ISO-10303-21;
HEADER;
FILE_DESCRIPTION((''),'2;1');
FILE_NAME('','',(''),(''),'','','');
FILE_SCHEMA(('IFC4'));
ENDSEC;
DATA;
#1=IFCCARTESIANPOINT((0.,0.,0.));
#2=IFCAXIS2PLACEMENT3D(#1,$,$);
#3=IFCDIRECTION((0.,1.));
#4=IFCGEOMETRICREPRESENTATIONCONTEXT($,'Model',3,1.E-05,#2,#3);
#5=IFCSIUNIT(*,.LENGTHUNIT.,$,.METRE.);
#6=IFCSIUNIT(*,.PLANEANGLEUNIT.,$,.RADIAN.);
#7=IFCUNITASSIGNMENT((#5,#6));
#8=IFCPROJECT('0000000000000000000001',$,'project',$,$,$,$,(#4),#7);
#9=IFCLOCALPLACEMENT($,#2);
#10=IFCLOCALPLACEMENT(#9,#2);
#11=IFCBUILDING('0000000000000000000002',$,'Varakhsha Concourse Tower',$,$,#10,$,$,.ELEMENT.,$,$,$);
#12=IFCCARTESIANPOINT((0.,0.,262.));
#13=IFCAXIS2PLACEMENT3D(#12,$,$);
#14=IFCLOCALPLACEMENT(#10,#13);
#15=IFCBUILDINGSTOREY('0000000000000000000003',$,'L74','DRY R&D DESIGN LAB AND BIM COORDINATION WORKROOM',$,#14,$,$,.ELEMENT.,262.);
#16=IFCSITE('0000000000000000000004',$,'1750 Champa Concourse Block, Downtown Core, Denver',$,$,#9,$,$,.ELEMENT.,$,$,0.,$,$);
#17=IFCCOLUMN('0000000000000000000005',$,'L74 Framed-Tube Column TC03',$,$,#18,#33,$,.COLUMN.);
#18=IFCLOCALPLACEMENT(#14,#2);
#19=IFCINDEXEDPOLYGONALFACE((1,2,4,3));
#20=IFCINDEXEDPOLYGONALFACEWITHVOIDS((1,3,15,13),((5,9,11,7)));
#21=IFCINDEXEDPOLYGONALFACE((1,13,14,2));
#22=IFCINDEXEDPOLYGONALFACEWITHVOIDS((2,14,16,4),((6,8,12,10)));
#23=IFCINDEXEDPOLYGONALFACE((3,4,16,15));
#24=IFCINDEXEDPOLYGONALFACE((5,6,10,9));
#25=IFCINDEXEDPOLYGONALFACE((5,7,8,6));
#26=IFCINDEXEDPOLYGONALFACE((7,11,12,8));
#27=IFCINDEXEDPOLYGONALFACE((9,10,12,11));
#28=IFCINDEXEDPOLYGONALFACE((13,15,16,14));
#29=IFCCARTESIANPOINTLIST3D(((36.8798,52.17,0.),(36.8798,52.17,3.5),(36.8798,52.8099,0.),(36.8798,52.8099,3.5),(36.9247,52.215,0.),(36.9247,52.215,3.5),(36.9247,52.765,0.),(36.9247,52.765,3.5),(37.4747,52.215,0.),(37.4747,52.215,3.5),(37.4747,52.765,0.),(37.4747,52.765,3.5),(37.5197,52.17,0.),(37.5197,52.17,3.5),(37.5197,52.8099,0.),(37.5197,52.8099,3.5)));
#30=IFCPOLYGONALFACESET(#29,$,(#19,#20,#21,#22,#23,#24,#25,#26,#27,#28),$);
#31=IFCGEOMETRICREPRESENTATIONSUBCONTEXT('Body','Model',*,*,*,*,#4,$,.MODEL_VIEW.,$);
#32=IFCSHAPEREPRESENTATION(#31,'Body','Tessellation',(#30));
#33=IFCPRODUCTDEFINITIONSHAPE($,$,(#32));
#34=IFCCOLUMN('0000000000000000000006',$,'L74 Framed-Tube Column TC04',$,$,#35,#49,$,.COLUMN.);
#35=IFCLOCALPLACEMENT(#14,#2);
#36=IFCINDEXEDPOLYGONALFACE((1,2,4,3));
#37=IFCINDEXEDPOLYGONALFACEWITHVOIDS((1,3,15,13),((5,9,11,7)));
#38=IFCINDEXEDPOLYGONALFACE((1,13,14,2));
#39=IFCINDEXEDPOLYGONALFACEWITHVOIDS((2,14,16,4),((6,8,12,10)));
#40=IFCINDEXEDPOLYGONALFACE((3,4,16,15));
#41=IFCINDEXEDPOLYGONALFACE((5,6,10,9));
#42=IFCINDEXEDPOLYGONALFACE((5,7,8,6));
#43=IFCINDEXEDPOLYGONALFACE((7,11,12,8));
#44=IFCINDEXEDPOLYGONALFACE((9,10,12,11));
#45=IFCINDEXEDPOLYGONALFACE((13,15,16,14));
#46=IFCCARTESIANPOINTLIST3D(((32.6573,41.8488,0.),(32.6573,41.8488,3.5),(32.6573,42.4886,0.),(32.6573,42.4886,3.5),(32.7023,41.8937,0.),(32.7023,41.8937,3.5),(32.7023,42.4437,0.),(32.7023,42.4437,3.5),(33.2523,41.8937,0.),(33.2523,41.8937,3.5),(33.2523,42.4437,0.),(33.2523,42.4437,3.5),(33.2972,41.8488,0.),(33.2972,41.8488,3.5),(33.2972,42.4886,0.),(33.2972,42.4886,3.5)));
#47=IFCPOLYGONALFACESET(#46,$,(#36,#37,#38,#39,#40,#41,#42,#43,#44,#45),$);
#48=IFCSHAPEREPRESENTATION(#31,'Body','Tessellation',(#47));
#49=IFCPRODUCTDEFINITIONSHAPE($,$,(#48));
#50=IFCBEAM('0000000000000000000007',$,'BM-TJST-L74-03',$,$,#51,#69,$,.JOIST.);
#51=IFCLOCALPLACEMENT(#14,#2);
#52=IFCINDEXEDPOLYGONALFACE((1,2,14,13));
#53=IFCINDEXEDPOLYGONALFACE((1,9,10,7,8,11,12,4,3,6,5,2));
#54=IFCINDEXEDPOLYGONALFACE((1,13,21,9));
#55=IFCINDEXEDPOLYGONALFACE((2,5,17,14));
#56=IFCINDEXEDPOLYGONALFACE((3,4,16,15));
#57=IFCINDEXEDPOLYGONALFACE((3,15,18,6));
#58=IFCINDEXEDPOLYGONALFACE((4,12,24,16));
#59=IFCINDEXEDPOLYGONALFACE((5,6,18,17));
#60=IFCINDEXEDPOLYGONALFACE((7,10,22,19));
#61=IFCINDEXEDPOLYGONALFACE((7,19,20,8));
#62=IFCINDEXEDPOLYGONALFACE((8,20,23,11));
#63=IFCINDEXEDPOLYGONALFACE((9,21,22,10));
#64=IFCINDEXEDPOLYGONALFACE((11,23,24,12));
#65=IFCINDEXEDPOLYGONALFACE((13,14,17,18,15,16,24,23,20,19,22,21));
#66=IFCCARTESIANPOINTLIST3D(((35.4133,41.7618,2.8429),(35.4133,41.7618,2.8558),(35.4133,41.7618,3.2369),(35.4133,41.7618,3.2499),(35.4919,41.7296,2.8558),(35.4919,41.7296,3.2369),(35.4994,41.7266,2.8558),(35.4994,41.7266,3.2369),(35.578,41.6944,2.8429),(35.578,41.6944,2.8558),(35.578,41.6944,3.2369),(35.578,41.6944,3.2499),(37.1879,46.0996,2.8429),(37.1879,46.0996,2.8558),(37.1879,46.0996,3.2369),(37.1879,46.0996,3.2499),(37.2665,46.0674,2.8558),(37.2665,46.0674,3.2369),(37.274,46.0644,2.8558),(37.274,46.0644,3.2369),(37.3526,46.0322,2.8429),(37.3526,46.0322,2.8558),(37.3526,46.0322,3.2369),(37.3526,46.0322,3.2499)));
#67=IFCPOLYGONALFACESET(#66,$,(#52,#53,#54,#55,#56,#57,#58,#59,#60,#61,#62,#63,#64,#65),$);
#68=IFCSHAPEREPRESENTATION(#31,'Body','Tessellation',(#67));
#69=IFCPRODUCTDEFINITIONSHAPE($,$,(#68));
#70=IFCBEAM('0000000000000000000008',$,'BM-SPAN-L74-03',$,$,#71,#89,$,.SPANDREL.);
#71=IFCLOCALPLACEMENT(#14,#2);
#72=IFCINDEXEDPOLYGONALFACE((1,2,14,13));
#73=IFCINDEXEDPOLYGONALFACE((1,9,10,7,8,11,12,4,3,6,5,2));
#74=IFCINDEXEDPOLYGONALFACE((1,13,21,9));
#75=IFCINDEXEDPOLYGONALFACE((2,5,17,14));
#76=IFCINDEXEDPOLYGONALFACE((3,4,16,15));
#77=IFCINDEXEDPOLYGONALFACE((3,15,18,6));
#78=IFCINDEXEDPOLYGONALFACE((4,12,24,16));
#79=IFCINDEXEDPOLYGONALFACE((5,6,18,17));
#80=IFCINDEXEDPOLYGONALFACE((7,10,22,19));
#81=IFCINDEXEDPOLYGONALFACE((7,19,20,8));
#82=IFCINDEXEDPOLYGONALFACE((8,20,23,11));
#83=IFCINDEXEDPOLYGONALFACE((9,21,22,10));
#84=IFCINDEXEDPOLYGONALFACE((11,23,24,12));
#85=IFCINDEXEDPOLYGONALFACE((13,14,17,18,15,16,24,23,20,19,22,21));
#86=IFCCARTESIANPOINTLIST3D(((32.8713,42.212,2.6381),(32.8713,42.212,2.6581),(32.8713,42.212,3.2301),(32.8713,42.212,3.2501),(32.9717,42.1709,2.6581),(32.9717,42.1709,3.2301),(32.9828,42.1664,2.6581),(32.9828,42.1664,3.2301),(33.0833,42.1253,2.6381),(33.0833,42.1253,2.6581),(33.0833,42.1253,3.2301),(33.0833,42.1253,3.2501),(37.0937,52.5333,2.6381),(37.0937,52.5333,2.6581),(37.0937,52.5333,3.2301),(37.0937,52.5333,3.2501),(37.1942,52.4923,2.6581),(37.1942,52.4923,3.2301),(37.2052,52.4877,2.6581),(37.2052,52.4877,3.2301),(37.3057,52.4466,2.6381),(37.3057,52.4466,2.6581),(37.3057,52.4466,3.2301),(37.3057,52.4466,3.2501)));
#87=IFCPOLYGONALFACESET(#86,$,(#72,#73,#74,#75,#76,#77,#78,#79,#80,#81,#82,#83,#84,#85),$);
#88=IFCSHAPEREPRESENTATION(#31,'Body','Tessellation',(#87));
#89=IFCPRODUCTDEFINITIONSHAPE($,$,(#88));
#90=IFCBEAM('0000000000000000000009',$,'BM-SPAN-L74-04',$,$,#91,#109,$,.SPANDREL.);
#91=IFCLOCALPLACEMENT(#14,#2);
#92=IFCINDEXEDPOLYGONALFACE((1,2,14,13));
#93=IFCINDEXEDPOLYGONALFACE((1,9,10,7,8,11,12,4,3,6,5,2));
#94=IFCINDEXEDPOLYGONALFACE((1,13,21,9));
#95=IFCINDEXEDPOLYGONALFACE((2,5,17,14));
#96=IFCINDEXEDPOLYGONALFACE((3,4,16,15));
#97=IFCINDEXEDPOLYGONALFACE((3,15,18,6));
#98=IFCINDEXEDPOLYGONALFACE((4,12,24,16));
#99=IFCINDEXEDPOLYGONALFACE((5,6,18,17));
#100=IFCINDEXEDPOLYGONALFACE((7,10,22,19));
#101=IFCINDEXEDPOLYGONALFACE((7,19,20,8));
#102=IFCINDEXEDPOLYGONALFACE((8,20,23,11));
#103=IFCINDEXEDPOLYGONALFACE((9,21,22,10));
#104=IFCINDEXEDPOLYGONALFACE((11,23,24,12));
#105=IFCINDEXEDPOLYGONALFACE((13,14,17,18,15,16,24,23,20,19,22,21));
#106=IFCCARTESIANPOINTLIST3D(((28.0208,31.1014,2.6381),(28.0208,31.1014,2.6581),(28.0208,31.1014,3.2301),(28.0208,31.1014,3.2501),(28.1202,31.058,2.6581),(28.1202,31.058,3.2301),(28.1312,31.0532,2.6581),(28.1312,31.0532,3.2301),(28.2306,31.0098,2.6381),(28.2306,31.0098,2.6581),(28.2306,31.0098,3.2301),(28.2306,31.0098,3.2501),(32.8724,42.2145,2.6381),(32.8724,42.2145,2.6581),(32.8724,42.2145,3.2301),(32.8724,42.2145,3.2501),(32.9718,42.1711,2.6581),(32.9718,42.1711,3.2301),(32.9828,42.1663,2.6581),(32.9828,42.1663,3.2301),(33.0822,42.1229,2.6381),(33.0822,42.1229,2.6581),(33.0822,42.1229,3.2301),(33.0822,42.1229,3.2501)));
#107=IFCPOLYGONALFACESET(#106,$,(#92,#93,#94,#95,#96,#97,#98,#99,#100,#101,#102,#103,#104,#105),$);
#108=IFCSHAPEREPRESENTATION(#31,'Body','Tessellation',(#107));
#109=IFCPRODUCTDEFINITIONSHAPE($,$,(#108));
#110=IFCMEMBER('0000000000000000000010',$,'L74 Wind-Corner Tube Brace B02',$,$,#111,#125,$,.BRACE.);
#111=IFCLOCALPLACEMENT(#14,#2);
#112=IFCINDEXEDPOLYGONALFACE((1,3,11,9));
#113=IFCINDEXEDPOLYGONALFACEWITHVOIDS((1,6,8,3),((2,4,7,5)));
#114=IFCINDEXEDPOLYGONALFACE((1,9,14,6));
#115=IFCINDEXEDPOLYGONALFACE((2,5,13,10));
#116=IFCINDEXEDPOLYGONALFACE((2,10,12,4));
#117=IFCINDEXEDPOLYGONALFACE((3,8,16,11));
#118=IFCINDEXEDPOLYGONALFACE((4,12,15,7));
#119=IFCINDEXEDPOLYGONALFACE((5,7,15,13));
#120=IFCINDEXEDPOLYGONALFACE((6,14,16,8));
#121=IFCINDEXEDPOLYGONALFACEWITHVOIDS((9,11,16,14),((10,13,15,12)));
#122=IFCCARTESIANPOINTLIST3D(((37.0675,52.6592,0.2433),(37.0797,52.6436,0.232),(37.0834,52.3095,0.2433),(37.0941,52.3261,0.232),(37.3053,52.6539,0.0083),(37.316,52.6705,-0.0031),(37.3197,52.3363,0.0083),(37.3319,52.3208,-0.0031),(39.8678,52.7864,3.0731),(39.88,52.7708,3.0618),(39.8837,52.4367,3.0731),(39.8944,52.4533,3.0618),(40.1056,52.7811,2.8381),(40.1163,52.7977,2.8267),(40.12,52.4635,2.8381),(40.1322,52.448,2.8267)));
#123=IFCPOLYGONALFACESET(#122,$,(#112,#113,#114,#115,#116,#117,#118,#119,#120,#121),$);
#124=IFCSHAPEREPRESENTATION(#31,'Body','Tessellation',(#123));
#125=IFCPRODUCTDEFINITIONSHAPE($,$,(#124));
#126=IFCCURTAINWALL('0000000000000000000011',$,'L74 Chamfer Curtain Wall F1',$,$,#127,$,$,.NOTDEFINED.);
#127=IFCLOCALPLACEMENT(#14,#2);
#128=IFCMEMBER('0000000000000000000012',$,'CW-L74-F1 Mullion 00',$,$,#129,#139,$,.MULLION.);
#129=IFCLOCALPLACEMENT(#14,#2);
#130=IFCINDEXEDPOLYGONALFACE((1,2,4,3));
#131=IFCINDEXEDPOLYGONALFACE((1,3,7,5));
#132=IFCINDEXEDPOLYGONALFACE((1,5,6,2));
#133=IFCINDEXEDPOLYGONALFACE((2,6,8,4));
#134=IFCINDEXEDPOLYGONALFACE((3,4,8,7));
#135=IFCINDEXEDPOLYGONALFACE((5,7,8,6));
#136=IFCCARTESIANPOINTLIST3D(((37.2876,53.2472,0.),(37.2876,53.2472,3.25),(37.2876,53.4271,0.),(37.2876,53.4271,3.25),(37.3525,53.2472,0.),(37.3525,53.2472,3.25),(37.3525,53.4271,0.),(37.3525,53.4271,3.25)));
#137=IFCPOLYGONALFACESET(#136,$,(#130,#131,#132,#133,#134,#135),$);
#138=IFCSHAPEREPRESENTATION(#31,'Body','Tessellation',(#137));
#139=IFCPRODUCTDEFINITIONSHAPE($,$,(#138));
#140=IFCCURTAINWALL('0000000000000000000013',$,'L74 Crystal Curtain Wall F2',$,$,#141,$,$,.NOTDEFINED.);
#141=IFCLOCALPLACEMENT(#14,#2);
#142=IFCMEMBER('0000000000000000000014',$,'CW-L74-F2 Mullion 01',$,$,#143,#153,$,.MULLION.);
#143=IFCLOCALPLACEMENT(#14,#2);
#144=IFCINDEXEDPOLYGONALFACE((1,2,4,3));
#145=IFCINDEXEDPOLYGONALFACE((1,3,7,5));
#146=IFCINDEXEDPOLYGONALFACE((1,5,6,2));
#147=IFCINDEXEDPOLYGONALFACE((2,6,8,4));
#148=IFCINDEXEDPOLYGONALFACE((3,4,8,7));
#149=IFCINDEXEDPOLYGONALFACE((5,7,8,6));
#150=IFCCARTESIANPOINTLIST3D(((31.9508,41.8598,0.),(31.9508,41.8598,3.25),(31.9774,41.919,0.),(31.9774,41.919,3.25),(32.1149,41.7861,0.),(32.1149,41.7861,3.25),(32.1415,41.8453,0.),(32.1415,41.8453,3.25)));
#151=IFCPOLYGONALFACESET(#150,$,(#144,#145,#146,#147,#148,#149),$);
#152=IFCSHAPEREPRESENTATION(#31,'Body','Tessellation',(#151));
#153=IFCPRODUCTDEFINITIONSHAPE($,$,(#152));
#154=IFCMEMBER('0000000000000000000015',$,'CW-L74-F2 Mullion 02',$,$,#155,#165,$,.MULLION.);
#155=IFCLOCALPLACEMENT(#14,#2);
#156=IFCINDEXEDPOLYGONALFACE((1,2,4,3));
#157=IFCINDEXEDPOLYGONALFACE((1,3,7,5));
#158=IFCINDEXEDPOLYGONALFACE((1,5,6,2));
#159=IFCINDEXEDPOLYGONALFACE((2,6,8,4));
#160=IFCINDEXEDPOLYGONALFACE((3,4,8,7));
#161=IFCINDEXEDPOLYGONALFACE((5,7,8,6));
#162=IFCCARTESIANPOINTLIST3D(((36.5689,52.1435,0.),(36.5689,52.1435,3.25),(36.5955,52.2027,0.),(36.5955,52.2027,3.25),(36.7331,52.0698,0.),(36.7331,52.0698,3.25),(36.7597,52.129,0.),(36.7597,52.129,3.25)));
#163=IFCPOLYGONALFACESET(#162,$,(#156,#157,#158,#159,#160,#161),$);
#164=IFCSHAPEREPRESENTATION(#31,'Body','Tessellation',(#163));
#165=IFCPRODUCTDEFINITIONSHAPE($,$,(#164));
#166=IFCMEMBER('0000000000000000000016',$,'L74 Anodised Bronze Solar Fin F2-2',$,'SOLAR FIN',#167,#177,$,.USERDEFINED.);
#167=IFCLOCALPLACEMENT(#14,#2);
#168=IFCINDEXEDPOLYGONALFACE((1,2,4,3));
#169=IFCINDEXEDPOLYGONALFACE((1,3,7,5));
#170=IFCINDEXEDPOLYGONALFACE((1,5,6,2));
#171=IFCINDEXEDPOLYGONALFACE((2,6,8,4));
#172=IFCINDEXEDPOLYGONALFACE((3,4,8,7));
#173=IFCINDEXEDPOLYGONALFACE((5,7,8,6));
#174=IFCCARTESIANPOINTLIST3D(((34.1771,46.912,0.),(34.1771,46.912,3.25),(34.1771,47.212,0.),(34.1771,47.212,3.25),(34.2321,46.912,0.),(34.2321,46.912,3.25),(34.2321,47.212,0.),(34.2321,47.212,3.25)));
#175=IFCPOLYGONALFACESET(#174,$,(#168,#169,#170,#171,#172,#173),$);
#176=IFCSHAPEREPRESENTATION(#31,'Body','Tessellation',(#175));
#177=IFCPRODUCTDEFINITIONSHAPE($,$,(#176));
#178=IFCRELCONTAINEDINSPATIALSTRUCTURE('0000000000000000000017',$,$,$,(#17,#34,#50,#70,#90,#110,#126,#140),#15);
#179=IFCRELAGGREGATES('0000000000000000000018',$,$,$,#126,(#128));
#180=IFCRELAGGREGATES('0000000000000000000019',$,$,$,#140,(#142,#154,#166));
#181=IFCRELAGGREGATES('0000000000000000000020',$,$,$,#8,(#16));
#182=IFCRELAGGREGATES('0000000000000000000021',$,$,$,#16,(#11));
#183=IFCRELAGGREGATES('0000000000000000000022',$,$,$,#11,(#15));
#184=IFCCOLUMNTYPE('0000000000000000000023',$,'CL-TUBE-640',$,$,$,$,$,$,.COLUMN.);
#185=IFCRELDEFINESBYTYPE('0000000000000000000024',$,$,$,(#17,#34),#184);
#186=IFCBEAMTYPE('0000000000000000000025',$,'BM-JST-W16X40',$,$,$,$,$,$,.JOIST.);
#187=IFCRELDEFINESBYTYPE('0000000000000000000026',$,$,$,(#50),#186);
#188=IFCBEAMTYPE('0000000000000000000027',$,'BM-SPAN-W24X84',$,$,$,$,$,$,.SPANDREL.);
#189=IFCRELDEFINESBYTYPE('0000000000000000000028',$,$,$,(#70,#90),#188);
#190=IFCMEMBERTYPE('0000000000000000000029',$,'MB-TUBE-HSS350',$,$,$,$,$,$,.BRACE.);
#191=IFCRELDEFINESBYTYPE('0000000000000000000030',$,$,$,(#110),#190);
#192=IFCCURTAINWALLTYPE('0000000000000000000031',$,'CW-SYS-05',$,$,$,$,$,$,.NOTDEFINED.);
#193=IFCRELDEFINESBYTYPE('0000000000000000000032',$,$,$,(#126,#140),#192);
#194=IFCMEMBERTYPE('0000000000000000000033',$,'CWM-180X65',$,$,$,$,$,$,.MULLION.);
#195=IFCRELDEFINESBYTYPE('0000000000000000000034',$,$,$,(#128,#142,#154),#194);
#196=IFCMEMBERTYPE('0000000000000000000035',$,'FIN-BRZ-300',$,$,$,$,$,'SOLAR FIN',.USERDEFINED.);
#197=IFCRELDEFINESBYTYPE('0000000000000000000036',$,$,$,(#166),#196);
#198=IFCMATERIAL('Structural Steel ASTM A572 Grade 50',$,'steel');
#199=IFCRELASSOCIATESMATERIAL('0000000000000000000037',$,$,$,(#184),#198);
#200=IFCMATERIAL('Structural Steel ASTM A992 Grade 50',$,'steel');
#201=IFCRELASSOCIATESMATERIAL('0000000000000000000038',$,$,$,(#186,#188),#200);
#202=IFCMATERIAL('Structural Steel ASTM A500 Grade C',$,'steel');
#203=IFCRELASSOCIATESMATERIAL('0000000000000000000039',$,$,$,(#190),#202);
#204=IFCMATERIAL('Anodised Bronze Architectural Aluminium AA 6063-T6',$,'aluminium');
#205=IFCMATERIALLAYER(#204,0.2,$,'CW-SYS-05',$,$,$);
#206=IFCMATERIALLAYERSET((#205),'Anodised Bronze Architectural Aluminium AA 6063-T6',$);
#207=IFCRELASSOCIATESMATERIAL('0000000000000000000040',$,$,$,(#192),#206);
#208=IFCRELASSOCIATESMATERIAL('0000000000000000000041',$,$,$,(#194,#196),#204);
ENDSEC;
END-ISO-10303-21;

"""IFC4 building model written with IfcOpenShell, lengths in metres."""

from ifc_helpers import new_model, si_unit, direction, frame, origin, origin_2d, place, context, subcontext, project, spatial, rectangle, hollow_rectangle, i_section, extrude, source, transform, mapped, material, layer, layer_set, material_profile, profile_set, type_object, type_shapes, element, aggregate, save


model = new_model("IFC4")

# Units and contexts
model_context = context("Model", 3, precision=1e-05, world=origin(), true_north=direction((0.0, 1.0)))
body_context = subcontext(model_context, "Body", "Model", "MODEL_VIEW")
ifc_project = project(units=[si_unit("LENGTHUNIT", "METRE"), si_unit("PLANEANGLEUNIT", "RADIAN")], contexts=[model_context])

# Site, building, storey
site_placement = place(None, origin())
site = spatial("IfcSite", under=ifc_project, at=site_placement, Name="1750 Champa Concourse Block, Downtown Core, Denver", CompositionType="ELEMENT", RefElevation=0.0)
building_placement = place(site_placement, origin())
building = spatial("IfcBuilding", under=site, at=building_placement, Name="Varakhsha Concourse Tower", CompositionType="ELEMENT")
storey_placement = place(building_placement, frame((0.0, 0.0, 262.0)))
storey = spatial("IfcBuildingStorey", under=building, at=storey_placement, Name="L74", Description="DRY R&D DESIGN LAB AND BIM COORDINATION WORKROOM", CompositionType="ELEMENT", Elevation=262.0)

# Columns
ifc_material_1 = material(Name="Structural Steel ASTM A572 Grade 50", Category="steel")
ifc_material_profile_1 = material_profile(ifc_material_1, hollow_rectangle(XDim=0.6399, YDim=0.6399, WallThickness=0.0449, at=origin_2d()), Name="BOX 640x640x45")
ifc_profile_set_1 = profile_set([ifc_material_profile_1], Name="Structural Steel ASTM A572 Grade 50")
column_type = type_object("IfcColumnType", Name="CL-TUBE-640", PredefinedType="COLUMN", material=ifc_profile_set_1)
for number, where, z_axis, x_axis, name in (
    (1, (37.1997, 52.49, 0.0), (0.0, 0.0, 1.0), (1.0, 0.0, 0.0), "L74 Framed-Tube Column TC03"),
    (2, (32.9773, 42.1687, 0.0), (0.0, 0.0, 1.0), (1.0, 0.0, 0.0), "L74 Framed-Tube Column TC04"),
):
    element("IfcColumn", number, at=place(storey_placement, frame(where, z_axis=z_axis, x_axis=x_axis)), inside=storey, type_object=column_type, Name=name, PredefinedType="COLUMN", context=body_context, shape_type="SweptSolid", body=[
        extrude(hollow_rectangle(XDim=0.6399, YDim=0.6399, WallThickness=0.0449, at=origin_2d()), origin(), (0.0, 0.0, 1.0), 3.5),
    ])

# Beams
ifc_material_2 = material(Name="Structural Steel ASTM A992 Grade 50", Category="steel")
ifc_material_profile_2 = material_profile(ifc_material_2, i_section(OverallWidth=0.178, OverallDepth=0.407, WebThickness=0.0081, FlangeThickness=0.0129, at=origin_2d()), Name="W16X40")
ifc_profile_set_2 = profile_set([ifc_material_profile_2], Name="Structural Steel ASTM A992 Grade 50")
beam_type_1 = type_object("IfcBeamType", Name="BM-JST-W16X40", PredefinedType="JOIST", material=ifc_profile_set_2)
beam_1_placement = place(storey_placement, frame((37.2703, 46.0659, 3.0464), z_axis=(-0.378645, -0.925542, 0.0), x_axis=(0.925542, -0.378645, 0.0)))
element("IfcBeam", 3, at=beam_1_placement, inside=storey, type_object=beam_type_1, Name="BM-TJST-L74-03", PredefinedType="JOIST", context=body_context, shape_type="SweptSolid", body=[
    extrude(i_section(OverallWidth=0.178, OverallDepth=0.407, WebThickness=0.0081, FlangeThickness=0.0129, at=origin_2d()), origin(), (0.0, 0.0, 1.0), 4.6868),
])
ifc_material_profile_3 = material_profile(ifc_material_2, i_section(OverallWidth=0.229, OverallDepth=0.6121, WebThickness=0.012, FlangeThickness=0.02, at=origin_2d()), Name="W24X84")
ifc_profile_set_3 = profile_set([ifc_material_profile_3], Name="Structural Steel ASTM A992 Grade 50")
beam_type_2 = type_object("IfcBeamType", Name="BM-SPAN-W24X84", PredefinedType="SPANDREL", material=ifc_profile_set_3)
beam_2_placement = place(storey_placement, frame((37.1997, 52.49, 2.9441), z_axis=(-0.378638, -0.925545, 0.0), x_axis=(0.925545, -0.378638, 0.0)))
element("IfcBeam", 4, at=beam_2_placement, inside=storey, type_object=beam_type_2, Name="BM-SPAN-L74-03", PredefinedType="SPANDREL", context=body_context, shape_type="SweptSolid", body=[
    extrude(i_section(OverallWidth=0.229, OverallDepth=0.6121, WebThickness=0.012, FlangeThickness=0.02, at=origin_2d()), origin(), (0.0, 0.0, 1.0), 11.1516),
])
beam_3_placement = place(storey_placement, frame((32.9773, 42.1687, 2.9441), z_axis=(-0.400099, -0.916472, 0.0), x_axis=(0.916472, -0.400099, 0.0)))
element("IfcBeam", 5, at=beam_3_placement, inside=storey, type_object=beam_type_2, Name="BM-SPAN-L74-04", PredefinedType="SPANDREL", context=body_context, shape_type="SweptSolid", body=[
    extrude(i_section(OverallWidth=0.229, OverallDepth=0.6121, WebThickness=0.012, FlangeThickness=0.02, at=origin_2d()), origin(), (0.0, 0.0, 1.0), 12.126),
])

# Member
ifc_material_3 = material(Name="Structural Steel ASTM A500 Grade C", Category="steel")
ifc_material_profile_4 = material_profile(ifc_material_3, hollow_rectangle(XDim=0.3501, YDim=0.3501, WallThickness=0.0161, at=origin_2d()), Name="HSS 350x350x16")
ifc_profile_set_4 = profile_set([ifc_material_profile_4], Name="Structural Steel ASTM A500 Grade C")
member_type_1 = type_object("IfcMemberType", Name="MB-TUBE-HSS350", PredefinedType="BRACE", material=ifc_profile_set_4)
shared_shape_1 = source(origin(), body_context, "Body", "SweptSolid", [
    extrude(hollow_rectangle(XDim=0.3501, YDim=0.3501, WallThickness=0.0161, at=origin_2d()), origin(), (0.0, 0.0, 1.0), 3.9832),
])
type_shapes(member_type_1, [shared_shape_1])
member_1_placement = place(storey_placement, frame((37.1997, 52.49, 0.1201), z_axis=(0.703028, 0.031934, 0.710445), x_axis=(-0.045376, 0.99897, 0.0)))
element("IfcMember", 6, at=member_1_placement, inside=storey, type_object=member_type_1, Name="L74 Wind-Corner Tube Brace B02", PredefinedType="BRACE", context=body_context, shape_type="MappedRepresentation", body=[
    mapped(shared_shape_1, transform((0.0, 0.0, 0.0), scale=1.0)),
])

# Curtain wall, member
ifc_material_4 = material(Name="Anodised Bronze Architectural Aluminium AA 6063-T6", Category="aluminium")
ifc_layer_1 = layer(ifc_material_4, 0.2, Name="CW-SYS-05")
ifc_layer_set_1 = layer_set([ifc_layer_1], Name="Anodised Bronze Architectural Aluminium AA 6063-T6")
curtain_wall_type = type_object("IfcCurtainWallType", Name="CW-SYS-05", PredefinedType="NOTDEFINED", material=ifc_layer_set_1)
curtain_wall_1_placement = place(storey_placement, origin())
curtain_wall_1 = element("IfcCurtainWall", 7, at=curtain_wall_1_placement, inside=storey, type_object=curtain_wall_type, Name="L74 Chamfer Curtain Wall F1", PredefinedType="NOTDEFINED")
ifc_material_profile_5 = material_profile(ifc_material_4, rectangle(XDim=0.0649, YDim=0.1799, at=origin_2d()), Name="CWM-180X65")
ifc_profile_set_5 = profile_set([ifc_material_profile_5], Name="Anodised Bronze Architectural Aluminium AA 6063-T6")
member_type_2 = type_object("IfcMemberType", Name="CWM-180X65", PredefinedType="MULLION", material=ifc_profile_set_5)
shared_shape_2 = source(origin(), body_context, "Body", "SweptSolid", [
    extrude(rectangle(XDim=0.0649, YDim=0.1799, at=origin_2d()), origin(), (0.0, 0.0, 1.0), 3.25),
])
type_shapes(member_type_2, [shared_shape_2])
member_2_placement = place(storey_placement, frame((37.3201, 53.3372, 0.0), z_axis=(0.0, 0.0, 1.0), x_axis=(1.0, 0.0, 0.0)))
member_2 = element("IfcMember", 8, at=member_2_placement, type_object=member_type_2, Name="CW-L74-F1 Mullion 00", PredefinedType="MULLION", context=body_context, shape_type="MappedRepresentation", body=[
    mapped(shared_shape_2, transform((0.0, 0.0, 0.0), scale=1.0)),
])

# Curtain wall, members
curtain_wall_2_placement = place(storey_placement, origin())
curtain_wall_2 = element("IfcCurtainWall", 9, at=curtain_wall_2_placement, inside=storey, type_object=curtain_wall_type, Name="L74 Crystal Curtain Wall F2", PredefinedType="NOTDEFINED")
member_3_placement = place(storey_placement, frame((32.0461, 41.8525, 0.0), z_axis=(0.0, 0.0, 1.0), x_axis=(0.409662, 0.912237, 0.0)))
member_3 = element("IfcMember", 10, at=member_3_placement, type_object=member_type_2, Name="CW-L74-F2 Mullion 01", PredefinedType="MULLION", context=body_context, shape_type="MappedRepresentation", body=[
    mapped(shared_shape_2, transform((0.0, 0.0, 0.0), scale=1.0)),
])
member_4_placement = place(storey_placement, frame((36.6643, 52.1362, 0.0), z_axis=(0.0, 0.0, 1.0), x_axis=(0.409662, 0.912237, 0.0)))
member_4 = element("IfcMember", 11, at=member_4_placement, type_object=member_type_2, Name="CW-L74-F2 Mullion 02", PredefinedType="MULLION", context=body_context, shape_type="MappedRepresentation", body=[
    mapped(shared_shape_2, transform((0.0, 0.0, 0.0), scale=1.0)),
])
ifc_material_profile_6 = material_profile(ifc_material_4, rectangle(XDim=0.0549, YDim=0.3, at=origin_2d()), Name="FIN-BRZ-300")
ifc_profile_set_6 = profile_set([ifc_material_profile_6], Name="Anodised Bronze Architectural Aluminium AA 6063-T6")
member_type_3 = type_object("IfcMemberType", Name="FIN-BRZ-300", ElementType="SOLAR FIN", PredefinedType="USERDEFINED", material=ifc_profile_set_6)
shared_shape_3 = source(origin(), body_context, "Body", "SweptSolid", [
    extrude(rectangle(XDim=0.0549, YDim=0.3, at=origin_2d()), origin(), (0.0, 0.0, 1.0), 3.25),
])
type_shapes(member_type_3, [shared_shape_3])
member_5_placement = place(storey_placement, frame((34.2046, 47.062, 0.0), z_axis=(0.0, 0.0, 1.0), x_axis=(1.0, 0.0, 0.0)))
member_5 = element("IfcMember", 12, at=member_5_placement, type_object=member_type_3, Name="L74 Anodised Bronze Solar Fin F2-2", ObjectType="SOLAR FIN", PredefinedType="USERDEFINED", context=body_context, shape_type="MappedRepresentation", body=[
    mapped(shared_shape_3, transform((0.0, 0.0, 0.0), scale=1.0)),
])

aggregate(curtain_wall_1, [member_2])

aggregate(curtain_wall_2, [member_3, member_4, member_5])

save(model, "model.ifc")
